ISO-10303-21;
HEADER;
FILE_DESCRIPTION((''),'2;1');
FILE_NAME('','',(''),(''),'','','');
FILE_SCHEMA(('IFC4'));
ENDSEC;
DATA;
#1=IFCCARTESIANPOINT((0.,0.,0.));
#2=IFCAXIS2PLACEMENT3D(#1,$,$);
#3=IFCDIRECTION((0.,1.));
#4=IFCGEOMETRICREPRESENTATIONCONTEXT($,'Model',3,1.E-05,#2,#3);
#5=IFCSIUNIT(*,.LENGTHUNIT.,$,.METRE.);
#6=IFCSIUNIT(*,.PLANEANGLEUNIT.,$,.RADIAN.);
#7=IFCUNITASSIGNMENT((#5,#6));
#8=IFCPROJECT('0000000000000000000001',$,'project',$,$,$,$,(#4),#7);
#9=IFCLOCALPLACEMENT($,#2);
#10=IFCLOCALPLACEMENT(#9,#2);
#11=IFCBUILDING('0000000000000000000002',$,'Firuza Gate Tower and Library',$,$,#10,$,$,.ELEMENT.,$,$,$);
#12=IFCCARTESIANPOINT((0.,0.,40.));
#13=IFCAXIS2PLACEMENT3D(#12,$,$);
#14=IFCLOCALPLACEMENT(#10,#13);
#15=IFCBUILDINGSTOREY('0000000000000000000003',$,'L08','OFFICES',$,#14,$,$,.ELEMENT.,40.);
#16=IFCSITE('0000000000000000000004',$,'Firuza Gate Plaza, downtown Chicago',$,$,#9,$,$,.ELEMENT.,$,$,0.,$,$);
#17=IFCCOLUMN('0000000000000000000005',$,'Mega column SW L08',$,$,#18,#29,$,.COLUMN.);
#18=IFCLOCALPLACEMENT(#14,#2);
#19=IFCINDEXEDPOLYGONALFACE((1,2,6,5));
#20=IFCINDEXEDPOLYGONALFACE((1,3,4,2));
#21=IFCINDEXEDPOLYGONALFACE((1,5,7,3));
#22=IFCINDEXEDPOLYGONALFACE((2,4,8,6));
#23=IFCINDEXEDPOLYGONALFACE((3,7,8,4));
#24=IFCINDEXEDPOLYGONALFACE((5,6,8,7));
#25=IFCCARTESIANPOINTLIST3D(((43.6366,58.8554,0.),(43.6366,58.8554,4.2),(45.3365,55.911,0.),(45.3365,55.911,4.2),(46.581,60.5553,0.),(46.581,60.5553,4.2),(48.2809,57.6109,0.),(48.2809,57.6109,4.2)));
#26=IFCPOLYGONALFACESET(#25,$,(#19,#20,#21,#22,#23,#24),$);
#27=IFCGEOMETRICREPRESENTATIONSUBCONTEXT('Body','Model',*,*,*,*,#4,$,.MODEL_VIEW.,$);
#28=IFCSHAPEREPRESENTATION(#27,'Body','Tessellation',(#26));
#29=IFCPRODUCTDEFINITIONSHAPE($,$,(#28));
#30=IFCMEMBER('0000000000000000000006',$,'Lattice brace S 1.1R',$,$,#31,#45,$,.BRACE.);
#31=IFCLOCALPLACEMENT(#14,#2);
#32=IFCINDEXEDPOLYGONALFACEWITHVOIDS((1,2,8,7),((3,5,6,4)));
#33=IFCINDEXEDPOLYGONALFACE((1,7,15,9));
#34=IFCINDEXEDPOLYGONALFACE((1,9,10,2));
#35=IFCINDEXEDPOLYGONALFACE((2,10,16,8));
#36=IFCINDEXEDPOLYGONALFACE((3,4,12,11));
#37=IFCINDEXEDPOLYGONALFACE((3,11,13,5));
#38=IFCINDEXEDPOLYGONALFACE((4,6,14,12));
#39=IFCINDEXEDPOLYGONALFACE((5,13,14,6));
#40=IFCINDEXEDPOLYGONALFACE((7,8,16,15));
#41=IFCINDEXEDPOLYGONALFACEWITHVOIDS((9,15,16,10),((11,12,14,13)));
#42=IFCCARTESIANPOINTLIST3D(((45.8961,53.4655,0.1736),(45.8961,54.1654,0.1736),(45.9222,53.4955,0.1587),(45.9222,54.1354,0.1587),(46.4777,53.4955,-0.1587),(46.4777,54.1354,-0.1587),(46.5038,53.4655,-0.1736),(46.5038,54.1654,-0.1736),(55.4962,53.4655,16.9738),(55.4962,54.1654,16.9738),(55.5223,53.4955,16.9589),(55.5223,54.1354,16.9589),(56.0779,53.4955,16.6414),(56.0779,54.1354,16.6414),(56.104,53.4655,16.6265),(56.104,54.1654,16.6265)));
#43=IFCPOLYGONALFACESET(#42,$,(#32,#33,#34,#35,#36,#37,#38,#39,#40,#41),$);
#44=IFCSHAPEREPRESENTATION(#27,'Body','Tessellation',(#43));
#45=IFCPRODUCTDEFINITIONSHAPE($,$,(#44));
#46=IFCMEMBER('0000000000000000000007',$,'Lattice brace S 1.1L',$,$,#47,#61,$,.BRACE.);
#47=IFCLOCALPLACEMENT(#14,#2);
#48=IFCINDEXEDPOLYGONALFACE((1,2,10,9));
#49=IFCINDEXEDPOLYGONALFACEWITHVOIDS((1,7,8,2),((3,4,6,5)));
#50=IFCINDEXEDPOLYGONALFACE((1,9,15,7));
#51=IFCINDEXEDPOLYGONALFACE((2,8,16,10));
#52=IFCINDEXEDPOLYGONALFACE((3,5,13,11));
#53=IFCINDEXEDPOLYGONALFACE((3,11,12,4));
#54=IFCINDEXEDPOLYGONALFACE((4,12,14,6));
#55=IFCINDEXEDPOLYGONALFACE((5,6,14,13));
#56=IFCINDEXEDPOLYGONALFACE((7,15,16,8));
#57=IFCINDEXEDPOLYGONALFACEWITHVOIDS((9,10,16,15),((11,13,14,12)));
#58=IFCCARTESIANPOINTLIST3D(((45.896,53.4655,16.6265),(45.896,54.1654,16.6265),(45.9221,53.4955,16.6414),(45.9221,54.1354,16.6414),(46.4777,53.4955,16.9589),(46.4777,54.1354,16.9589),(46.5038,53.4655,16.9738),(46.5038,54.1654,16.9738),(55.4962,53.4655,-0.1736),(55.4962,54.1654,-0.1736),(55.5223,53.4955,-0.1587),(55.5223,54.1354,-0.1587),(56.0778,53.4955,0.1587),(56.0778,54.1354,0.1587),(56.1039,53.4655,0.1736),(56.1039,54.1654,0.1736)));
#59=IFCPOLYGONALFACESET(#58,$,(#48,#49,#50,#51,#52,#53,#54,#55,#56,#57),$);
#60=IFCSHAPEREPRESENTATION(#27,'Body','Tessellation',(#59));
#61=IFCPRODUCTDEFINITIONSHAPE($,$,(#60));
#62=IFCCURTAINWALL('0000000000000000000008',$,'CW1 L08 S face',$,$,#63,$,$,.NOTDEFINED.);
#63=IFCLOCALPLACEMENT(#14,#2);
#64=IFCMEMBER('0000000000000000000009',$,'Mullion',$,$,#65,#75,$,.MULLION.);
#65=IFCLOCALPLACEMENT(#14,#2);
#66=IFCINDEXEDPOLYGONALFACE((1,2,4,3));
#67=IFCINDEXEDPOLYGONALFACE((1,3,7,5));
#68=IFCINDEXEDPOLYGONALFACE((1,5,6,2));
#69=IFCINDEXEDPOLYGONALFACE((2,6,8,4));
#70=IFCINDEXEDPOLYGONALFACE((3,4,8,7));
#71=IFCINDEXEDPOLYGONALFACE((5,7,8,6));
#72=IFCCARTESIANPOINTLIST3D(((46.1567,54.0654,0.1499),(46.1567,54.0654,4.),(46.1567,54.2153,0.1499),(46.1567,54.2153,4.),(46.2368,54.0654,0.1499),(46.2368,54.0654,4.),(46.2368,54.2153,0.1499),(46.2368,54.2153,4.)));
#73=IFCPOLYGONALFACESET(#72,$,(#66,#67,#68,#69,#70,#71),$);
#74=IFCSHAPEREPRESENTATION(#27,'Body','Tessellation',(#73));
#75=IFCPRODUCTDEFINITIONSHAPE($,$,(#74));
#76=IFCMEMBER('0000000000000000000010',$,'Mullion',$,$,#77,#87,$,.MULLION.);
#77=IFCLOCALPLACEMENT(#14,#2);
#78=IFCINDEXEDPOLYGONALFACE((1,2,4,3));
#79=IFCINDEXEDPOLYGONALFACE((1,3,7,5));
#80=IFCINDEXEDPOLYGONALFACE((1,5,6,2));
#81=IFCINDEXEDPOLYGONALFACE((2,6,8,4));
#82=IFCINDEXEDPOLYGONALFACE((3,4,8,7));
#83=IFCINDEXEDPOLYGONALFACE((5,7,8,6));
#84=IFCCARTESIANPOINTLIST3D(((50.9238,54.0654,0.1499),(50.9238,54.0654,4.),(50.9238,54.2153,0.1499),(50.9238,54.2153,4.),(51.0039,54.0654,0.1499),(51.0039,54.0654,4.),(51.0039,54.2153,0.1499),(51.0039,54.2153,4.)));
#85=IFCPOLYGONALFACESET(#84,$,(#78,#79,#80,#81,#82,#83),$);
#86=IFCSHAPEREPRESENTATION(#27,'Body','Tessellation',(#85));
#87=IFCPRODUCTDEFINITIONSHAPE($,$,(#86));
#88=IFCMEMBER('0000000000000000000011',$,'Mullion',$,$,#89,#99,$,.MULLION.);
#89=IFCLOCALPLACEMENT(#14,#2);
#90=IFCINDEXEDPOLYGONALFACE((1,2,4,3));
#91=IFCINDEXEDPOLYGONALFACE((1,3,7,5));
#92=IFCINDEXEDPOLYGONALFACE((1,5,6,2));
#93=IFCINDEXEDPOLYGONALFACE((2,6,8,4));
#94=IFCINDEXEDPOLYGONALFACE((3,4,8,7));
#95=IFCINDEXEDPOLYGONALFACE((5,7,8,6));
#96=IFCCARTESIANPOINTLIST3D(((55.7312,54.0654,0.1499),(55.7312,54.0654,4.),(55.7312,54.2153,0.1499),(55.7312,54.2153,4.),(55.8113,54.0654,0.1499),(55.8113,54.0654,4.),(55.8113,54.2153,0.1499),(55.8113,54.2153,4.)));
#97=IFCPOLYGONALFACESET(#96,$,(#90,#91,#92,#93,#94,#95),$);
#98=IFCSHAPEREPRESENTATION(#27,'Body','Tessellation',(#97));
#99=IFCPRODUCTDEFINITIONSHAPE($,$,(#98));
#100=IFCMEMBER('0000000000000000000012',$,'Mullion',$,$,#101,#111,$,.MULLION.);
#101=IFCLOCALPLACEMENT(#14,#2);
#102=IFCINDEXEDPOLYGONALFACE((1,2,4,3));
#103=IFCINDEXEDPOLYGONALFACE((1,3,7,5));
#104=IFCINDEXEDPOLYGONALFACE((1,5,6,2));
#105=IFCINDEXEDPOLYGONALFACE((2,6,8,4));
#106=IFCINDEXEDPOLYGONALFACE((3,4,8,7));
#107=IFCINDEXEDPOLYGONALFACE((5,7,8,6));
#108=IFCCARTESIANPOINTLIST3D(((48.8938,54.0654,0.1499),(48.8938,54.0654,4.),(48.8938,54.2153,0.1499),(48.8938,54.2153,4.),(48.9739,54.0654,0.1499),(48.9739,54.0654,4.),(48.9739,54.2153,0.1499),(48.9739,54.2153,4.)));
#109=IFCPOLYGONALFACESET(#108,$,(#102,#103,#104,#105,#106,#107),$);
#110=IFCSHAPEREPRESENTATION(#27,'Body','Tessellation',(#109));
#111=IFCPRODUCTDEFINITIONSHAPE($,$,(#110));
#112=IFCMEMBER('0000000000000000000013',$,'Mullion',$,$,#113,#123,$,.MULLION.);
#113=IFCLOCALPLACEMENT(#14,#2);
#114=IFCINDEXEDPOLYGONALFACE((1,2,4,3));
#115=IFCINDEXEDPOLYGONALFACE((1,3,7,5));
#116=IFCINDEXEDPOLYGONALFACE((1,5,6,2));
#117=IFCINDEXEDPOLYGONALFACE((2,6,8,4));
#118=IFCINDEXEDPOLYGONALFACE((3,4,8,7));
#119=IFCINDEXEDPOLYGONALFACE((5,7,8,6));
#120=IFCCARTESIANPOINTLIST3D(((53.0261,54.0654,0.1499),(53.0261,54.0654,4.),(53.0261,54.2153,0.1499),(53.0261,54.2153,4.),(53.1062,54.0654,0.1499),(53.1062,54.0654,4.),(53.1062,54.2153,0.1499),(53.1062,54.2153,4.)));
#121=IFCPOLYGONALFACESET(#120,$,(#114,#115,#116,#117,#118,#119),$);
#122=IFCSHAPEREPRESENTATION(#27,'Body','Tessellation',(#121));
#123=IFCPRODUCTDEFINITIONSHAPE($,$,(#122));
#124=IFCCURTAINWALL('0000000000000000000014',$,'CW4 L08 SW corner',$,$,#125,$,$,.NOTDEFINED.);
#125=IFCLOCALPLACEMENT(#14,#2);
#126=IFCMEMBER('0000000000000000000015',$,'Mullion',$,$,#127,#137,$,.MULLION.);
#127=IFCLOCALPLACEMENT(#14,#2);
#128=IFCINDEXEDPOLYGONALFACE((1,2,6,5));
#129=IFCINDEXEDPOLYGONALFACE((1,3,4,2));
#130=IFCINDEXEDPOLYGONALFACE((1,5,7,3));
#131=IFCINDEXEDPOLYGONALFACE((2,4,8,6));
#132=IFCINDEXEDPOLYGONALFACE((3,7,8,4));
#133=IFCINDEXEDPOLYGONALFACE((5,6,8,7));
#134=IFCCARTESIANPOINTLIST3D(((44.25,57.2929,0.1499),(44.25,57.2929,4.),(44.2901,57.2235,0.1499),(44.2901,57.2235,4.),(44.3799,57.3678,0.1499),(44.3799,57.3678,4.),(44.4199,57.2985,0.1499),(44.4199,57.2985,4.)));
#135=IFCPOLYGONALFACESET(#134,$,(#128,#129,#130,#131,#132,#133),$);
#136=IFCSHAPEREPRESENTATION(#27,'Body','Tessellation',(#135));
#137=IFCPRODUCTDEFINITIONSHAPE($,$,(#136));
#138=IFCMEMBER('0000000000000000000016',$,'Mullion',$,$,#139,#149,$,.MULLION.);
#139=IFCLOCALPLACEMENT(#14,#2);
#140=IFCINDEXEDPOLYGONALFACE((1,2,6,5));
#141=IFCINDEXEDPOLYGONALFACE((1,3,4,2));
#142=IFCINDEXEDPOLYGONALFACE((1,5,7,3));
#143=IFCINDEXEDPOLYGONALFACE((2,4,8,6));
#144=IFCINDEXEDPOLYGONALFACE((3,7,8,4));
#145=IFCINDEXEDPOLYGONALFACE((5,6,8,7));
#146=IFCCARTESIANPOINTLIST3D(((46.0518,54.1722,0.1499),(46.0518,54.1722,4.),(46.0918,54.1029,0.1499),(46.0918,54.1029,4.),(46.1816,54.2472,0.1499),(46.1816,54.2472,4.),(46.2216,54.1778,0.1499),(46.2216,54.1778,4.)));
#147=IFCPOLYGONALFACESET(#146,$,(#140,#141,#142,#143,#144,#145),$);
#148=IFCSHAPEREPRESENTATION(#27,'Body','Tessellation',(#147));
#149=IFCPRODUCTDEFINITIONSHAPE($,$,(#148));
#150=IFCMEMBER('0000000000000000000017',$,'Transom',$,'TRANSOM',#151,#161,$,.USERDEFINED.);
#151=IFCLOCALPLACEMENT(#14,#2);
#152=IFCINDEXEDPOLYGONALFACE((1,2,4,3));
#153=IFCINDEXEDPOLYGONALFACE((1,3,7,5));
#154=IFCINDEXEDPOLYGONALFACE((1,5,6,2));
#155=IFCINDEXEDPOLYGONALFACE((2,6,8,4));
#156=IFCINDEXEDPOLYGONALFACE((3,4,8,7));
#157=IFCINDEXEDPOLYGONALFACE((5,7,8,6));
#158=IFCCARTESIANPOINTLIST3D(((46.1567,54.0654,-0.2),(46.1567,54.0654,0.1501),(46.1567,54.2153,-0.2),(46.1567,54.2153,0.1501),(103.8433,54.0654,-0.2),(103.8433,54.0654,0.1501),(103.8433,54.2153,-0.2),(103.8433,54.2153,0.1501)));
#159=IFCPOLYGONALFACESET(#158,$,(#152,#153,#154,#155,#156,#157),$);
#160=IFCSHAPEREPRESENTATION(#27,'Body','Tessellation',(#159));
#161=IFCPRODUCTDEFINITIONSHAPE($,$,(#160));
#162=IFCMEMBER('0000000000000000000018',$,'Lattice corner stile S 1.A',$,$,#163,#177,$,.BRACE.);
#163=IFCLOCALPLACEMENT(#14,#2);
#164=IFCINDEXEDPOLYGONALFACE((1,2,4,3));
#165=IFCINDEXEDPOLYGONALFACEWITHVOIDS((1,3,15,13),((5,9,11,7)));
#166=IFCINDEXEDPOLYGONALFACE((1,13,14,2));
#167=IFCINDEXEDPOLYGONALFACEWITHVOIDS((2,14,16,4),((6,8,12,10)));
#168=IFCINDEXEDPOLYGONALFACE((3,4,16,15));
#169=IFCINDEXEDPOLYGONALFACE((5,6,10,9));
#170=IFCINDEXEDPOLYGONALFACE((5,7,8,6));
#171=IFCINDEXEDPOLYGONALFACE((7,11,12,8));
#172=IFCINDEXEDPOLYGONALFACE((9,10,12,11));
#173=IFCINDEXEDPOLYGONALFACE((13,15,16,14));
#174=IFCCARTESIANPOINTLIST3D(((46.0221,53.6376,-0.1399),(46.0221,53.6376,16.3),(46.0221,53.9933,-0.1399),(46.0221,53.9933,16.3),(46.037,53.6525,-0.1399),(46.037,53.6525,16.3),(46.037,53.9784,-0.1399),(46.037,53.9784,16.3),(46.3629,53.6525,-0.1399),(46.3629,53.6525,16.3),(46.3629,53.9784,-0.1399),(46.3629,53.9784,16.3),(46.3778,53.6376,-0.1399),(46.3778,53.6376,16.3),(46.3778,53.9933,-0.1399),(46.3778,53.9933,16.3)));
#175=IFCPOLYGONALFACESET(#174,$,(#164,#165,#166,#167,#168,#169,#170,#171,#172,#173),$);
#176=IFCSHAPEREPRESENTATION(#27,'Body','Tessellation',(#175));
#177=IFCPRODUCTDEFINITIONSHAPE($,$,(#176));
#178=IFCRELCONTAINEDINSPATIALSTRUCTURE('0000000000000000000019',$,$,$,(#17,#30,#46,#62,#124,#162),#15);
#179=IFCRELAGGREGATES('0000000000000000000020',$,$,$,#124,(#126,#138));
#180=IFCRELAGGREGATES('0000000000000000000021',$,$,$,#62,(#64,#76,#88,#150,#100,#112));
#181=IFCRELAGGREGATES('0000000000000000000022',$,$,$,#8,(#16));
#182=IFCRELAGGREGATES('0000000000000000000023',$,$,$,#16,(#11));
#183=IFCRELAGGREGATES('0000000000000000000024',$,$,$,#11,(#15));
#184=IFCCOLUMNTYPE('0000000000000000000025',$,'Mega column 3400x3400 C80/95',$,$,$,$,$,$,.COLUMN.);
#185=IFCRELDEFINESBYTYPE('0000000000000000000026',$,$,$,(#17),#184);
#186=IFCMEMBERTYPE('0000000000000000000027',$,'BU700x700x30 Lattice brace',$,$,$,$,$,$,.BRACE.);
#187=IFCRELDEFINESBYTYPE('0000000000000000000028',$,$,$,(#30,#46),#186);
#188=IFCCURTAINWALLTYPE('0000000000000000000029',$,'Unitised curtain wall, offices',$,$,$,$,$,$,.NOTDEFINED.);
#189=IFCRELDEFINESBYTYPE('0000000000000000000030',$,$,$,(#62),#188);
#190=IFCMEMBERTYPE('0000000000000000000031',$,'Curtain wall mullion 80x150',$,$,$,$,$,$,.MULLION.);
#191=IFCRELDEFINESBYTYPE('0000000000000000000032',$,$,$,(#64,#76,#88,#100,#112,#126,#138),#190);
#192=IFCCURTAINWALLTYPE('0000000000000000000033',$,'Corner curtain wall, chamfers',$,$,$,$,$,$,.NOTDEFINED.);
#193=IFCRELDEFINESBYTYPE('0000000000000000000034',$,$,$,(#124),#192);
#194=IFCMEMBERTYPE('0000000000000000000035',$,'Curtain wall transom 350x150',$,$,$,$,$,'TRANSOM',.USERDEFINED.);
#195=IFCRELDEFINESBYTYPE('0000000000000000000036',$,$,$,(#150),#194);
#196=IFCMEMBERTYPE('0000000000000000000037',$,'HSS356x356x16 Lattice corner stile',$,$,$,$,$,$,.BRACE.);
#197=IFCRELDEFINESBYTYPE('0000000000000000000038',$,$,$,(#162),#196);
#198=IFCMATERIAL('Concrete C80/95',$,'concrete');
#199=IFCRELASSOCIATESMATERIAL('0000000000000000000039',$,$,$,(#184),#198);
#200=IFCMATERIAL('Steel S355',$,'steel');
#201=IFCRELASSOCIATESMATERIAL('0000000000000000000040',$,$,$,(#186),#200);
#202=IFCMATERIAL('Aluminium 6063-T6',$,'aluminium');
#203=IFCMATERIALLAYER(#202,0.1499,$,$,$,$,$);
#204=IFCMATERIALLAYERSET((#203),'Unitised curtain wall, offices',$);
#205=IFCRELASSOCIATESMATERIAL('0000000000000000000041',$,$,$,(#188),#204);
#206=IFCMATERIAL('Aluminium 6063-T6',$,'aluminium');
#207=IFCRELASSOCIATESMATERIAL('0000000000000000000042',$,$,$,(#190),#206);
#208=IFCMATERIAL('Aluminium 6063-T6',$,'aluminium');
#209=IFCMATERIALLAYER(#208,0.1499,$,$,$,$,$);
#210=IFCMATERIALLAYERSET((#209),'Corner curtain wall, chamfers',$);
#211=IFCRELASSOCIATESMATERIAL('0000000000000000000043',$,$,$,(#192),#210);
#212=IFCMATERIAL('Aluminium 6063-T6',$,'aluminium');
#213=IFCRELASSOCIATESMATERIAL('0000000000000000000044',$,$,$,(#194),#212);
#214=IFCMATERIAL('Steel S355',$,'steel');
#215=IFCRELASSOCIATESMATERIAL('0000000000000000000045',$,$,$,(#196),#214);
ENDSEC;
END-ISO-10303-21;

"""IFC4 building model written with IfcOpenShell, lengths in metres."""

from ifc_helpers import new_model, si_unit, direction, frame, origin, origin_2d, place, context, subcontext, project, spatial, rectangle, hollow_rectangle, extrude, material, layer, layer_set, material_profile, profile_set, type_object, element, aggregate, save


model = new_model("IFC4")

# Units and contexts
model_context = context("Model", 3, precision=1e-05, world=origin(), true_north=direction((0.0, 1.0)))
body_context = subcontext(model_context, "Body", "Model", "MODEL_VIEW")
ifc_project = project(units=[si_unit("LENGTHUNIT", "METRE"), si_unit("PLANEANGLEUNIT", "RADIAN")], contexts=[model_context])

# Site, building, storey
site_placement = place(None, origin())
site = spatial("IfcSite", under=ifc_project, at=site_placement, Name="Firuza Gate Plaza, downtown Chicago", CompositionType="ELEMENT", RefElevation=0.0)
building_placement = place(site_placement, origin())
building = spatial("IfcBuilding", under=site, at=building_placement, Name="Firuza Gate Tower and Library", CompositionType="ELEMENT")
storey_placement = place(building_placement, frame((0.0, 0.0, 40.0)))
storey = spatial("IfcBuildingStorey", under=building, at=storey_placement, Name="L08", Description="OFFICES", CompositionType="ELEMENT", Elevation=40.0)

# Column
ifc_material_1 = material(Name="Concrete C80/95", Category="concrete")
ifc_material_profile_1 = material_profile(ifc_material_1, rectangle(XDim=3.3999, YDim=3.3999, at=origin_2d()))
ifc_profile_set_1 = profile_set([ifc_material_profile_1], Name="Concrete C80/95")
column_type = type_object("IfcColumnType", Name="Mega column 3400x3400 C80/95", PredefinedType="COLUMN", material=ifc_profile_set_1)
column_placement = place(storey_placement, frame((45.9587, 58.2332, 0.0), z_axis=(0.0, 0.0, 1.0), x_axis=(0.5, -0.866025, 0.0)))
element("IfcColumn", 1, at=column_placement, inside=storey, type_object=column_type, Name="Mega column SW L08", PredefinedType="COLUMN", context=body_context, shape_type="SweptSolid", body=[
    extrude(rectangle(XDim=3.3999, YDim=3.3999, at=origin_2d()), origin(), (0.0, 0.0, 1.0), 4.2),
])

# Members
ifc_material_2 = material(Name="Steel S355", Category="steel")
ifc_material_profile_2 = material_profile(ifc_material_2, hollow_rectangle(XDim=0.7, YDim=0.7, WallThickness=0.03, at=origin_2d()))
ifc_profile_set_2 = profile_set([ifc_material_profile_2], Name="Steel S355")
member_type_1 = type_object("IfcMemberType", Name="BU700x700x30 Lattice brace", PredefinedType="BRACE", material=ifc_profile_set_2)
for number, where, z_axis, x_axis, name in (
    (2, (46.2, 53.8154, 0.0), (0.496142, 0.0, 0.868242), (0.0, 1.0, 0.0), "Lattice brace S 1.1R"),
    (3, (55.8, 53.8154, 0.0), (-0.496142, 0.0, 0.868242), (0.0, -1.0, 0.0), "Lattice brace S 1.1L"),
):
    element("IfcMember", number, at=place(storey_placement, frame(where, z_axis=z_axis, x_axis=x_axis)), inside=storey, type_object=member_type_1, Name=name, PredefinedType="BRACE", context=body_context, shape_type="SweptSolid", body=[
        extrude(hollow_rectangle(XDim=0.7, YDim=0.7, WallThickness=0.03, at=origin_2d()), origin(), (0.0, 0.0, 1.0), 19.3496),
    ])

# Curtain walls, members
ifc_material_3 = material(Name="Aluminium 6063-T6", Category="aluminium")
ifc_layer_1 = layer(ifc_material_3, 0.1499)
ifc_layer_set_1 = layer_set([ifc_layer_1], Name="Unitised curtain wall, offices")
curtain_wall_type_1 = type_object("IfcCurtainWallType", Name="Unitised curtain wall, offices", PredefinedType="NOTDEFINED", material=ifc_layer_set_1)
placement_1 = place(storey_placement, origin())
curtain_wall_1 = element("IfcCurtainWall", 4, at=placement_1, inside=storey, type_object=curtain_wall_type_1, Name="CW1 L08 S face", PredefinedType="NOTDEFINED")
ifc_material_4 = material(Name="Aluminium 6063-T6", Category="aluminium")
ifc_material_profile_3 = material_profile(ifc_material_4, rectangle(XDim=0.1499, YDim=0.0801, at=origin_2d()))
ifc_profile_set_3 = profile_set([ifc_material_profile_3], Name="Aluminium 6063-T6")
member_type_2 = type_object("IfcMemberType", Name="Curtain wall mullion 80x150", PredefinedType="MULLION", material=ifc_profile_set_3)
member_1_placement = place(storey_placement, frame((46.1968, 54.1404, 0.1499), z_axis=(0.0, 0.0, 1.0), x_axis=(0.0, 1.0, 0.0)))
member_1 = element("IfcMember", 5, at=member_1_placement, type_object=member_type_2, Name="Mullion", PredefinedType="MULLION", context=body_context, shape_type="SweptSolid", body=[
    extrude(rectangle(XDim=0.1499, YDim=0.0801, at=origin_2d()), origin(), (0.0, 0.0, 1.0), 3.8501),
])
member_2_placement = place(storey_placement, frame((50.9639, 54.1404, 0.1499), z_axis=(0.0, 0.0, 1.0), x_axis=(0.0, 1.0, 0.0)))
member_2 = element("IfcMember", 6, at=member_2_placement, type_object=member_type_2, Name="Mullion", PredefinedType="MULLION", context=body_context, shape_type="SweptSolid", body=[
    extrude(rectangle(XDim=0.1499, YDim=0.0801, at=origin_2d()), origin(), (0.0, 0.0, 1.0), 3.8501),
])
member_3_placement = place(storey_placement, frame((55.7712, 54.1404, 0.1499), z_axis=(0.0, 0.0, 1.0), x_axis=(0.0, 1.0, 0.0)))
member_3 = element("IfcMember", 7, at=member_3_placement, type_object=member_type_2, Name="Mullion", PredefinedType="MULLION", context=body_context, shape_type="SweptSolid", body=[
    extrude(rectangle(XDim=0.1499, YDim=0.0801, at=origin_2d()), origin(), (0.0, 0.0, 1.0), 3.8501),
])
member_4_placement = place(storey_placement, frame((48.9338, 54.1404, 0.1499), z_axis=(0.0, 0.0, 1.0), x_axis=(0.0, 1.0, 0.0)))
member_4 = element("IfcMember", 8, at=member_4_placement, type_object=member_type_2, Name="Mullion", PredefinedType="MULLION", context=body_context, shape_type="SweptSolid", body=[
    extrude(rectangle(XDim=0.1499, YDim=0.0801, at=origin_2d()), origin(), (0.0, 0.0, 1.0), 3.8501),
])
member_5_placement = place(storey_placement, frame((53.0662, 54.1404, 0.1499), z_axis=(0.0, 0.0, 1.0), x_axis=(0.0, 1.0, 0.0)))
member_5 = element("IfcMember", 9, at=member_5_placement, type_object=member_type_2, Name="Mullion", PredefinedType="MULLION", context=body_context, shape_type="SweptSolid", body=[
    extrude(rectangle(XDim=0.1499, YDim=0.0801, at=origin_2d()), origin(), (0.0, 0.0, 1.0), 3.8501),
])
ifc_material_5 = material(Name="Aluminium 6063-T6", Category="aluminium")
ifc_layer_2 = layer(ifc_material_5, 0.1499)
ifc_layer_set_2 = layer_set([ifc_layer_2], Name="Corner curtain wall, chamfers")
curtain_wall_type_2 = type_object("IfcCurtainWallType", Name="Corner curtain wall, chamfers", PredefinedType="NOTDEFINED", material=ifc_layer_set_2)
curtain_wall_2 = element("IfcCurtainWall", 10, at=placement_1, inside=storey, type_object=curtain_wall_type_2, Name="CW4 L08 SW corner", PredefinedType="NOTDEFINED")
member_6_placement = place(storey_placement, frame((44.335, 57.2957, 0.1499), z_axis=(0.0, 0.0, 1.0), x_axis=(0.866025, 0.5, 0.0)))
member_6 = element("IfcMember", 11, at=member_6_placement, type_object=member_type_2, Name="Mullion", PredefinedType="MULLION", context=body_context, shape_type="SweptSolid", body=[
    extrude(rectangle(XDim=0.1499, YDim=0.0801, at=origin_2d()), origin(), (0.0, 0.0, 1.0), 3.8501),
])
member_7_placement = place(storey_placement, frame((46.1367, 54.175, 0.1499), z_axis=(0.0, 0.0, 1.0), x_axis=(0.866025, 0.5, 0.0)))
member_7 = element("IfcMember", 12, at=member_7_placement, type_object=member_type_2, Name="Mullion", PredefinedType="MULLION", context=body_context, shape_type="SweptSolid", body=[
    extrude(rectangle(XDim=0.1499, YDim=0.0801, at=origin_2d()), origin(), (0.0, 0.0, 1.0), 3.8501),
])

# Member
ifc_material_6 = material(Name="Aluminium 6063-T6", Category="aluminium")
ifc_material_profile_4 = material_profile(ifc_material_6, rectangle(XDim=0.1499, YDim=0.3501, at=origin_2d()))
ifc_profile_set_4 = profile_set([ifc_material_profile_4], Name="Aluminium 6063-T6")
member_type_3 = type_object("IfcMemberType", Name="Curtain wall transom 350x150", ElementType="TRANSOM", PredefinedType="USERDEFINED", material=ifc_profile_set_4)
member_8_placement = place(storey_placement, frame((46.1567, 54.1404, -0.0249), z_axis=(1.0, 0.0, 0.0), x_axis=(0.0, 1.0, 0.0)))
member_8 = element("IfcMember", 13, at=member_8_placement, type_object=member_type_3, Name="Transom", ObjectType="TRANSOM", PredefinedType="USERDEFINED", context=body_context, shape_type="SweptSolid", body=[
    extrude(rectangle(XDim=0.1499, YDim=0.3501, at=origin_2d()), origin(), (0.0, 0.0, 1.0), 57.6865),
])

# Member
ifc_material_7 = material(Name="Steel S355", Category="steel")
ifc_material_profile_5 = material_profile(ifc_material_7, hollow_rectangle(XDim=0.3557, YDim=0.3557, WallThickness=0.0149, at=origin_2d()))
ifc_profile_set_5 = profile_set([ifc_material_profile_5], Name="Steel S355")
member_type_4 = type_object("IfcMemberType", Name="HSS356x356x16 Lattice corner stile", PredefinedType="BRACE", material=ifc_profile_set_5)
member_9_placement = place(storey_placement, frame((46.2, 53.8154, -0.1399), z_axis=(0.0, 0.0, 1.0), x_axis=(1.0, 0.0, 0.0)))
element("IfcMember", 14, at=member_9_placement, inside=storey, type_object=member_type_4, Name="Lattice corner stile S 1.A", PredefinedType="BRACE", context=body_context, shape_type="SweptSolid", body=[
    extrude(hollow_rectangle(XDim=0.3557, YDim=0.3557, WallThickness=0.0149, at=origin_2d()), origin(), (0.0, 0.0, 1.0), 16.4399),
])

aggregate(curtain_wall_2, [member_6, member_7])
aggregate(curtain_wall_1, [member_1, member_2, member_3, member_8, member_4, member_5])

save(model, "model.ifc")
